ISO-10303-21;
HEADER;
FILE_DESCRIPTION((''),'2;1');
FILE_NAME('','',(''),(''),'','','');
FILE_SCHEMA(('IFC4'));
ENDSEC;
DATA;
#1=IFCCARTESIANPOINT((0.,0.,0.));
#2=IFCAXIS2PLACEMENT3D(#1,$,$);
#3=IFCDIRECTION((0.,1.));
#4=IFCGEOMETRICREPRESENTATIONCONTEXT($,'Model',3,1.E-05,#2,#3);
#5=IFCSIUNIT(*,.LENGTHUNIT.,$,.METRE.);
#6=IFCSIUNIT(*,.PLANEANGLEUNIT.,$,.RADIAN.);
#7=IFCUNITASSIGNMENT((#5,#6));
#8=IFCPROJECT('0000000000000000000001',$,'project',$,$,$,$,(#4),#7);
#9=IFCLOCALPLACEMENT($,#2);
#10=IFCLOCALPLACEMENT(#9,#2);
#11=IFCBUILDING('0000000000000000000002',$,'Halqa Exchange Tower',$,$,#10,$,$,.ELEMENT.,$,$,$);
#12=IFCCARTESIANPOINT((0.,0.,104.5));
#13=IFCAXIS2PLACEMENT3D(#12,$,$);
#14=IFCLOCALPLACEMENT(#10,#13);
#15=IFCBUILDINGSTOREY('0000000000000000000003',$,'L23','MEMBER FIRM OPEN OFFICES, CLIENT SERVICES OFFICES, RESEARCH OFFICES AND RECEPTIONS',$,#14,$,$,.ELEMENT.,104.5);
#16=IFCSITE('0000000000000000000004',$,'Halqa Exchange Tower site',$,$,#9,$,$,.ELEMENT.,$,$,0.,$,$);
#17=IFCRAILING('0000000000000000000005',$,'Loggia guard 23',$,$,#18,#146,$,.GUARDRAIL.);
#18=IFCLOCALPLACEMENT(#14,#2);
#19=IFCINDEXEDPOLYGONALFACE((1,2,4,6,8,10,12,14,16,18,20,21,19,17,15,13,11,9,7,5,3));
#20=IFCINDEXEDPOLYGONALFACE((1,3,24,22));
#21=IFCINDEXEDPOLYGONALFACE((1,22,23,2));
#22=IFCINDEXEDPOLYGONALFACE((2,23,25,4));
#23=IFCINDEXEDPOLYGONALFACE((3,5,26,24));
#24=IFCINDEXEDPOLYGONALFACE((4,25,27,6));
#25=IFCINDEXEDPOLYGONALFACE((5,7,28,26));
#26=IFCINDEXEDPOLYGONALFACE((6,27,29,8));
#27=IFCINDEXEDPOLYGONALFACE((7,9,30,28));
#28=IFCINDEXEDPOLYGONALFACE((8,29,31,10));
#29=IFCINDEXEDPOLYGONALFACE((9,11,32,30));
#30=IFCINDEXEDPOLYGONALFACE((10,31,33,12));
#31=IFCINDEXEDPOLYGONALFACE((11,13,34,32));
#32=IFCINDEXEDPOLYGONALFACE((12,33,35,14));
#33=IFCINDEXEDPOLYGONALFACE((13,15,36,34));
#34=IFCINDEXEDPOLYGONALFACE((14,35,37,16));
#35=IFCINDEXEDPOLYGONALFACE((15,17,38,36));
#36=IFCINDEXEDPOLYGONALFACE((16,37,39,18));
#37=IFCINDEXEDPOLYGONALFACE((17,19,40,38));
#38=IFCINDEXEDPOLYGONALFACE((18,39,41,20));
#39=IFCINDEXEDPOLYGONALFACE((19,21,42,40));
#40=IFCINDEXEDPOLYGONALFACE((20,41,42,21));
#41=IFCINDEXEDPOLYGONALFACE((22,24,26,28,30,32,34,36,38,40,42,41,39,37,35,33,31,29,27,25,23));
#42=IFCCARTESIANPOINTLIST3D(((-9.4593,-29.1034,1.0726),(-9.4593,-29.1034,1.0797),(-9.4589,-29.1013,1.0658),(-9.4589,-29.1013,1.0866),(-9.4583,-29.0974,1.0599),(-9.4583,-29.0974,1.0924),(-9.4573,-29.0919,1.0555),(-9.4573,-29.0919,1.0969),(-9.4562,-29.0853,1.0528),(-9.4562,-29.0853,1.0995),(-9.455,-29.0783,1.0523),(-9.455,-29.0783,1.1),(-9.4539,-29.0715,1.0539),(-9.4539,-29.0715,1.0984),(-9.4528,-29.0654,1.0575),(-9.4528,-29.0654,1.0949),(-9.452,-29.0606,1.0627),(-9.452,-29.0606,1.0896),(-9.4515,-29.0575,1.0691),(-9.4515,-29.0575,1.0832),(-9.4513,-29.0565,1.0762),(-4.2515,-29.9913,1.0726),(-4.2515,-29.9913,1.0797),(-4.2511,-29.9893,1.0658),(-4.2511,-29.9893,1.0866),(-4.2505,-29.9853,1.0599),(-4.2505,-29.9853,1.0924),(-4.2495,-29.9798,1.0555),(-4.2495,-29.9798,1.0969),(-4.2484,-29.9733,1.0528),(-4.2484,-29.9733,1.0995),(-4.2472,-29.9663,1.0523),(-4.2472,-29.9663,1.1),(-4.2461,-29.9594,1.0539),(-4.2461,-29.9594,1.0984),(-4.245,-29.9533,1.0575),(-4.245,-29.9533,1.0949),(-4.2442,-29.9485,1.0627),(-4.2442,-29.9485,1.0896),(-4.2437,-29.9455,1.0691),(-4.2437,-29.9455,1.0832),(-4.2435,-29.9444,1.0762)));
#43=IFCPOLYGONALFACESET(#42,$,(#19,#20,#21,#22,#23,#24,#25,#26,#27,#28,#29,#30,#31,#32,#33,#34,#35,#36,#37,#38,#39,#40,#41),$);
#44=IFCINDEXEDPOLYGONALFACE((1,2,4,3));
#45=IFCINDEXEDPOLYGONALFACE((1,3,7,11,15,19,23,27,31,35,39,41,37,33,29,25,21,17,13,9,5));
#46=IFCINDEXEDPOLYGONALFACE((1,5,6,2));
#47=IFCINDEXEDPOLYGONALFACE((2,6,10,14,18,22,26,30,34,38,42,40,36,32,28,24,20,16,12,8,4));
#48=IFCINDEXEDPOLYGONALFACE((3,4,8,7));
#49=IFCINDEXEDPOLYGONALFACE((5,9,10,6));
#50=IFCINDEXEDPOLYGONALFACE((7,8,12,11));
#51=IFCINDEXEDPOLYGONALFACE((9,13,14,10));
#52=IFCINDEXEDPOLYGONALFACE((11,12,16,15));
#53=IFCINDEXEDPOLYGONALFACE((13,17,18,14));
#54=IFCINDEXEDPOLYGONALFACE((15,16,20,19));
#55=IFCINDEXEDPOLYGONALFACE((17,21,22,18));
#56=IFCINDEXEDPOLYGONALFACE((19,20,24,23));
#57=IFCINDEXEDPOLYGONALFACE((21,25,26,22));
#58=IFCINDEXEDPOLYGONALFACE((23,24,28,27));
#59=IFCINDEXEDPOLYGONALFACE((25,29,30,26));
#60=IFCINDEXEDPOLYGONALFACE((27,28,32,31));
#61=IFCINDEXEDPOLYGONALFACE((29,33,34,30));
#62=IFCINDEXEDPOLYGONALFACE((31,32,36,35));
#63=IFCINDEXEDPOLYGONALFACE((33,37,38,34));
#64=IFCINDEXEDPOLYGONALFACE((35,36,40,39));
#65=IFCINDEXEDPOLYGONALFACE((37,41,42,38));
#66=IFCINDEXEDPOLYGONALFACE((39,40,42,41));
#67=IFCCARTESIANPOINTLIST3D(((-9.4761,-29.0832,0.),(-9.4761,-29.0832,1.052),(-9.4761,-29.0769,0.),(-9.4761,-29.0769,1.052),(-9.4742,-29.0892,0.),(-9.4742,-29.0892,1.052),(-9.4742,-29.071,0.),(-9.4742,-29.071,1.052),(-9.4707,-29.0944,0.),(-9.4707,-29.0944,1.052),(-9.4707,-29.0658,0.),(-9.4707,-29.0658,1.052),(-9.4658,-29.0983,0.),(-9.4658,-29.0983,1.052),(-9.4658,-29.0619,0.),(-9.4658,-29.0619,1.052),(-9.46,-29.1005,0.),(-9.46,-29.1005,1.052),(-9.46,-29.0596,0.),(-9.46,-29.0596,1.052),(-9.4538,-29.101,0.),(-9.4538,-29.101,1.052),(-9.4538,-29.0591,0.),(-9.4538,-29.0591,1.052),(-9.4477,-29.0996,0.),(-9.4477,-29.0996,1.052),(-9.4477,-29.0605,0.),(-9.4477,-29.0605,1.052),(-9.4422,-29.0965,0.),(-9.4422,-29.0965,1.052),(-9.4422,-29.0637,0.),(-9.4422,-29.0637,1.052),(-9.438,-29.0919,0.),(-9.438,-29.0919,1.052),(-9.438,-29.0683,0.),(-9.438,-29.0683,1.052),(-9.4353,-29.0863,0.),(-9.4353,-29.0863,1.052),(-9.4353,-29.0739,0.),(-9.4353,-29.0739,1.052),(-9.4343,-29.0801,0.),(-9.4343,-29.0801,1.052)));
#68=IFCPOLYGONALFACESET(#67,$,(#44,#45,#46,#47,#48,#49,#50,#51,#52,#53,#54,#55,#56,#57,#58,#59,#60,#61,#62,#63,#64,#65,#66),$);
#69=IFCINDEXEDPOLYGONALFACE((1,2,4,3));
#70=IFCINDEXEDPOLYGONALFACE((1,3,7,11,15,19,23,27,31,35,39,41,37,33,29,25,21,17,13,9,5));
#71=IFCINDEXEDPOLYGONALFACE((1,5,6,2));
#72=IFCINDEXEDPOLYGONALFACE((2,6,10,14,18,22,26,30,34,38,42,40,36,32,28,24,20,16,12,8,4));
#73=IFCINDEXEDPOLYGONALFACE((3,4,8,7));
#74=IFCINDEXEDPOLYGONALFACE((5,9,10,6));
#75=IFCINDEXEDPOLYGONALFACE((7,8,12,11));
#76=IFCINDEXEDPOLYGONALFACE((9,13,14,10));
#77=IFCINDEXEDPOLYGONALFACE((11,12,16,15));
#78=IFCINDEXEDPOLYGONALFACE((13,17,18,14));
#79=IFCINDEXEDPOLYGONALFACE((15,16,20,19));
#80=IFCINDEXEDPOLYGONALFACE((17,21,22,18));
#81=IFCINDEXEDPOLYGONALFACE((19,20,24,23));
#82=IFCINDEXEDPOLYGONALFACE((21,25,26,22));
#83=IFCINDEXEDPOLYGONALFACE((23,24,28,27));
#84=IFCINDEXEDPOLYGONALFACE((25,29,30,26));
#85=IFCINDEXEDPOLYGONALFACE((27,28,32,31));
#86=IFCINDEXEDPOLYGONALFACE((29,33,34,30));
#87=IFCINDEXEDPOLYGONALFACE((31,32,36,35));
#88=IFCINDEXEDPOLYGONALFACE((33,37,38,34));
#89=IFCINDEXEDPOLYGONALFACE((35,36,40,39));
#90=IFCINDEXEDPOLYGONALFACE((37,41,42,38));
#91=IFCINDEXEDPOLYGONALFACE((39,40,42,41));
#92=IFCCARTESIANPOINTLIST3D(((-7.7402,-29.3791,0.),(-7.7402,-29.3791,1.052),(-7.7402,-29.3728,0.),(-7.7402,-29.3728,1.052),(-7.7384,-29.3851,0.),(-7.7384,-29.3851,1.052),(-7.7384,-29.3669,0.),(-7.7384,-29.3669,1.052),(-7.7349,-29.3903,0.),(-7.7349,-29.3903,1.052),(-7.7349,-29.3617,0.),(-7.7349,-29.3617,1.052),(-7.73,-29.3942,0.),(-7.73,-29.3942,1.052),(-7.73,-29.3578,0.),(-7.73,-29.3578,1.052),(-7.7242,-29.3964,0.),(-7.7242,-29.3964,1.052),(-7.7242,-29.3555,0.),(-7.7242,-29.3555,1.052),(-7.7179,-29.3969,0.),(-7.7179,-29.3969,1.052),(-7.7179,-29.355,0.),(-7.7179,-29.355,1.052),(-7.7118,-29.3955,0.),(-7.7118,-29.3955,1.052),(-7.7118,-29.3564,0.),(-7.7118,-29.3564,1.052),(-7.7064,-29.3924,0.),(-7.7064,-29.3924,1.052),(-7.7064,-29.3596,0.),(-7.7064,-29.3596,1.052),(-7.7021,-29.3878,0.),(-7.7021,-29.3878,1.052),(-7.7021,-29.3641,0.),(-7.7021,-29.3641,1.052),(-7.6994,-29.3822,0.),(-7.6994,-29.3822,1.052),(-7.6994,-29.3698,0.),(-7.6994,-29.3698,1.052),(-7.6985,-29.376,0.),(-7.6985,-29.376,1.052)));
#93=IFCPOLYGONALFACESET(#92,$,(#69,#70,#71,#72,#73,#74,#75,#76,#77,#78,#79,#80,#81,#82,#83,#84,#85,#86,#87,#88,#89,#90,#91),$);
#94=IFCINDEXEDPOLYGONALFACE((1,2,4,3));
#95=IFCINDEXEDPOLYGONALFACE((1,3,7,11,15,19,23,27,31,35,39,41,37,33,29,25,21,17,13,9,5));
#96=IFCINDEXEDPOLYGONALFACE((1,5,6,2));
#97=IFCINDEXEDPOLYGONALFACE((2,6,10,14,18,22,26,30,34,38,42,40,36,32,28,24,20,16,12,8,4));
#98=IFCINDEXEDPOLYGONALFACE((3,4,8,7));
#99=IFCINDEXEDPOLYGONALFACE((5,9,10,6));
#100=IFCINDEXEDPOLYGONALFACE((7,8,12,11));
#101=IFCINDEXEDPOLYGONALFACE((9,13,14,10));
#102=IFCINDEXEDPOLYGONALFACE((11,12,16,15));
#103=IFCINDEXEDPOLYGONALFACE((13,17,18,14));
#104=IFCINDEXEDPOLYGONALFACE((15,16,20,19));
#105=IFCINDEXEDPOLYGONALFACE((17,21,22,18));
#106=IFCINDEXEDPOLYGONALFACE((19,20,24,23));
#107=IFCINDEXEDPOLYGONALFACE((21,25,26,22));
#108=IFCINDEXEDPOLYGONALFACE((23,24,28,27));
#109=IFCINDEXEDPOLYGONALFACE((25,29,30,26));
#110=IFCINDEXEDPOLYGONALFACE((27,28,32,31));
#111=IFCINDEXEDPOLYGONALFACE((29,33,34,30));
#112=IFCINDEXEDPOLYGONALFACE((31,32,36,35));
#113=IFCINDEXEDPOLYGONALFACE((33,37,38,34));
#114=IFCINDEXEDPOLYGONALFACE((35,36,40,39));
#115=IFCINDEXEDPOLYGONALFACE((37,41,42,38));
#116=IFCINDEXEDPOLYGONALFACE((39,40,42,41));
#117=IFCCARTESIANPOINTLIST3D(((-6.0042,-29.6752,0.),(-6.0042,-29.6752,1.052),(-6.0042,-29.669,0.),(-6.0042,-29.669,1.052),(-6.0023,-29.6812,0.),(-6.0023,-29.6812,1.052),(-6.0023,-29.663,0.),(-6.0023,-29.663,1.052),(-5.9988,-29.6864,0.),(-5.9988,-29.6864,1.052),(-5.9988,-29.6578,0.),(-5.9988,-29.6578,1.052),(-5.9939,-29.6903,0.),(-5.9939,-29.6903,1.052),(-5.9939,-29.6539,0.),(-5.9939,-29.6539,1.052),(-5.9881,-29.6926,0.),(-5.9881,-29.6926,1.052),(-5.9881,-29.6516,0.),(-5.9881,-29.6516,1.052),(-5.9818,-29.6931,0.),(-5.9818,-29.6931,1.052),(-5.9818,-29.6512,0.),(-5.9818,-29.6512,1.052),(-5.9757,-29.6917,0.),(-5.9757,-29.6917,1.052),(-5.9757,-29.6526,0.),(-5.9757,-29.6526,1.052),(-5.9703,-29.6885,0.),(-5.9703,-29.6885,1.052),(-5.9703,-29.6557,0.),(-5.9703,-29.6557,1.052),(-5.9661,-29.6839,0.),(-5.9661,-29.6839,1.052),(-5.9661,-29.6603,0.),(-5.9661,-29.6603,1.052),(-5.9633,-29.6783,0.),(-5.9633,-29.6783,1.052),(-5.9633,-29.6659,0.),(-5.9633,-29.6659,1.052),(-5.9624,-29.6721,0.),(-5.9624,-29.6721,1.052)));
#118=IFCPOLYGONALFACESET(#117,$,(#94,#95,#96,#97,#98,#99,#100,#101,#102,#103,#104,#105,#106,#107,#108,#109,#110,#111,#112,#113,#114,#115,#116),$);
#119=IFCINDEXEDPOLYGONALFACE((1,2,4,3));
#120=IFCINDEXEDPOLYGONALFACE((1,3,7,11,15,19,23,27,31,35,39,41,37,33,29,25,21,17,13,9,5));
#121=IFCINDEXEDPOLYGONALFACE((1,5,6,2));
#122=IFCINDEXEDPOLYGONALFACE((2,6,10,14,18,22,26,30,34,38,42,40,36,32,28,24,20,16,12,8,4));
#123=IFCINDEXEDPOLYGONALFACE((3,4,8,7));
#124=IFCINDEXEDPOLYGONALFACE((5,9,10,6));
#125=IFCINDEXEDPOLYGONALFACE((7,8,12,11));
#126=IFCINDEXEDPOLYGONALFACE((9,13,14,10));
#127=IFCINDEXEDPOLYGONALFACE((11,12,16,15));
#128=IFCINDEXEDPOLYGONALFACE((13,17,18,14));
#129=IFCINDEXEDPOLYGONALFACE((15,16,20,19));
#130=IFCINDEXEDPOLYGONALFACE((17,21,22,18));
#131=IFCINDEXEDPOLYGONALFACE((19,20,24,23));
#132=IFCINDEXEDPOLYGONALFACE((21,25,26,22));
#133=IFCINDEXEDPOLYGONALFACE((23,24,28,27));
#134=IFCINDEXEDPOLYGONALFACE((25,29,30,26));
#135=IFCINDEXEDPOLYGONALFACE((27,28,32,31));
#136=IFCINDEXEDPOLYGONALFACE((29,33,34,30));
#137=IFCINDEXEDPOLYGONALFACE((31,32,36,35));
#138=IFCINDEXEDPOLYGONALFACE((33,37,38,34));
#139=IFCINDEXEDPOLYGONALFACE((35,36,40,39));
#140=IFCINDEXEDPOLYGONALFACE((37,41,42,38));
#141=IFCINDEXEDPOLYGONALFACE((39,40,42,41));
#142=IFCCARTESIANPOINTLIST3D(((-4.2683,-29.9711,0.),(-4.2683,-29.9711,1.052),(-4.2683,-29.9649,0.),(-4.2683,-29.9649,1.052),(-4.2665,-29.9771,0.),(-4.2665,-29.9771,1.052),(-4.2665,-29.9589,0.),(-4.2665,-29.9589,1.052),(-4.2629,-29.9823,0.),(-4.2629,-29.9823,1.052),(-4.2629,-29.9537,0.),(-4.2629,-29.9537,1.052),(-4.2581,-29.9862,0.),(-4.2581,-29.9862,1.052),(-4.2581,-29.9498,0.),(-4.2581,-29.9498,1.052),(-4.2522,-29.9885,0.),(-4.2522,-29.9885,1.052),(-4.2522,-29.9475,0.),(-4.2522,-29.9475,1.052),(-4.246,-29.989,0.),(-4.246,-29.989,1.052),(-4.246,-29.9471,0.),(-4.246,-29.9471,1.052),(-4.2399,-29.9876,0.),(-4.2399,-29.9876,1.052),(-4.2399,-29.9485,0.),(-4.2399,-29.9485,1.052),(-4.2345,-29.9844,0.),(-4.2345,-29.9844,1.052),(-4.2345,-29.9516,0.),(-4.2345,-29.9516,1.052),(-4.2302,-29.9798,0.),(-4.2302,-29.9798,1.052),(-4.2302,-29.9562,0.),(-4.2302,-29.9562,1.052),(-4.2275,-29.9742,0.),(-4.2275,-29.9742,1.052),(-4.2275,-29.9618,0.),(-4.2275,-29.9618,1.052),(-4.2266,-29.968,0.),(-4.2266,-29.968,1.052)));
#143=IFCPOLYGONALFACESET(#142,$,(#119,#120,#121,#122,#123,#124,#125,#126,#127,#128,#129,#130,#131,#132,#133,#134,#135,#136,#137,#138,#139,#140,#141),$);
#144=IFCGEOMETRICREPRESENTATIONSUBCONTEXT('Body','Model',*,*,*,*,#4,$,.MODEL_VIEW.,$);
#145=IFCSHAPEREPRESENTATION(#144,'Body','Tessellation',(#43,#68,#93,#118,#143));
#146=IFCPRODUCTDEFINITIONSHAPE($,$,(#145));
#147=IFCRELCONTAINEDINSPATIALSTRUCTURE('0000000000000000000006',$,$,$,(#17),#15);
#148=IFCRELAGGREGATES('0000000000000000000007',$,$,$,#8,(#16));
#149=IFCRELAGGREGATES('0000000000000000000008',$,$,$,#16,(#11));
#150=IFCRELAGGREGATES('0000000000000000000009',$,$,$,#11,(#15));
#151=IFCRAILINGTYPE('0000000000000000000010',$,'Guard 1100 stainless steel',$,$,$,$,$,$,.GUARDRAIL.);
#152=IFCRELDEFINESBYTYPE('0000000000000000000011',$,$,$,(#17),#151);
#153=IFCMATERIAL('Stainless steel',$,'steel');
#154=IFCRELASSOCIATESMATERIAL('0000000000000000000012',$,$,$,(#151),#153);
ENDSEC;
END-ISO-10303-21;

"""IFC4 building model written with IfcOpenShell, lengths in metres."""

from ifc_helpers import new_model, si_unit, direction, frame, origin, origin_2d, place, context, subcontext, project, spatial, circle, extrude, material, type_object, element, save


model = new_model("IFC4")

# Units and contexts
model_context = context("Model", 3, precision=1e-05, world=origin(), true_north=direction((0.0, 1.0)))
body_context = subcontext(model_context, "Body", "Model", "MODEL_VIEW")
ifc_project = project(units=[si_unit("LENGTHUNIT", "METRE"), si_unit("PLANEANGLEUNIT", "RADIAN")], contexts=[model_context])

# Site, building, storey
site_placement = place(None, origin())
site = spatial("IfcSite", under=ifc_project, at=site_placement, Name="Halqa Exchange Tower site", CompositionType="ELEMENT", RefElevation=0.0)
building_placement = place(site_placement, origin())
building = spatial("IfcBuilding", under=site, at=building_placement, Name="Halqa Exchange Tower", CompositionType="ELEMENT")
storey_placement = place(building_placement, frame((0.0, 0.0, 104.5)))
storey = spatial("IfcBuildingStorey", under=building, at=storey_placement, Name="L23", Description="MEMBER FIRM OPEN OFFICES, CLIENT SERVICES OFFICES, RESEARCH OFFICES AND RECEPTIONS", CompositionType="ELEMENT", Elevation=104.5)

# Railing
ifc_material_1 = material(Name="Stainless steel", Category="steel")
railing_type = type_object("IfcRailingType", Name="Guard 1100 stainless steel", PredefinedType="GUARDRAIL", material=ifc_material_1)
railing_1_placement = place(storey_placement, frame((-9.4553, -29.0801, 0.0)))
element("IfcRailing", 1, at=railing_1_placement, inside=storey, type_object=railing_type, Name="Loggia guard 23", PredefinedType="GUARDRAIL", context=body_context, shape_type="SweptSolid", body=[
    extrude(circle(Radius=0.0239, at=origin_2d()), frame((0.0, 0.0, 1.0762), z_axis=(0.985774, -0.168077, 0.0), x_axis=(0.168077, 0.985774, 0.0)), (0.0, 0.0, 1.0), 5.283),
    extrude(circle(Radius=0.021, at=origin_2d()), origin(), (0.0, 0.0, 1.0), 1.052),
    extrude(circle(Radius=0.021, at=origin_2d()), frame((1.7358, -0.2959, 0.0)), (0.0, 0.0, 1.0), 1.052),
    extrude(circle(Radius=0.021, at=origin_2d()), frame((3.4719, -0.592, 0.0)), (0.0, 0.0, 1.0), 1.052),
    extrude(circle(Radius=0.021, at=origin_2d()), frame((5.2078, -0.8879, 0.0)), (0.0, 0.0, 1.0), 1.052),
])

save(model, "model.ifc")
